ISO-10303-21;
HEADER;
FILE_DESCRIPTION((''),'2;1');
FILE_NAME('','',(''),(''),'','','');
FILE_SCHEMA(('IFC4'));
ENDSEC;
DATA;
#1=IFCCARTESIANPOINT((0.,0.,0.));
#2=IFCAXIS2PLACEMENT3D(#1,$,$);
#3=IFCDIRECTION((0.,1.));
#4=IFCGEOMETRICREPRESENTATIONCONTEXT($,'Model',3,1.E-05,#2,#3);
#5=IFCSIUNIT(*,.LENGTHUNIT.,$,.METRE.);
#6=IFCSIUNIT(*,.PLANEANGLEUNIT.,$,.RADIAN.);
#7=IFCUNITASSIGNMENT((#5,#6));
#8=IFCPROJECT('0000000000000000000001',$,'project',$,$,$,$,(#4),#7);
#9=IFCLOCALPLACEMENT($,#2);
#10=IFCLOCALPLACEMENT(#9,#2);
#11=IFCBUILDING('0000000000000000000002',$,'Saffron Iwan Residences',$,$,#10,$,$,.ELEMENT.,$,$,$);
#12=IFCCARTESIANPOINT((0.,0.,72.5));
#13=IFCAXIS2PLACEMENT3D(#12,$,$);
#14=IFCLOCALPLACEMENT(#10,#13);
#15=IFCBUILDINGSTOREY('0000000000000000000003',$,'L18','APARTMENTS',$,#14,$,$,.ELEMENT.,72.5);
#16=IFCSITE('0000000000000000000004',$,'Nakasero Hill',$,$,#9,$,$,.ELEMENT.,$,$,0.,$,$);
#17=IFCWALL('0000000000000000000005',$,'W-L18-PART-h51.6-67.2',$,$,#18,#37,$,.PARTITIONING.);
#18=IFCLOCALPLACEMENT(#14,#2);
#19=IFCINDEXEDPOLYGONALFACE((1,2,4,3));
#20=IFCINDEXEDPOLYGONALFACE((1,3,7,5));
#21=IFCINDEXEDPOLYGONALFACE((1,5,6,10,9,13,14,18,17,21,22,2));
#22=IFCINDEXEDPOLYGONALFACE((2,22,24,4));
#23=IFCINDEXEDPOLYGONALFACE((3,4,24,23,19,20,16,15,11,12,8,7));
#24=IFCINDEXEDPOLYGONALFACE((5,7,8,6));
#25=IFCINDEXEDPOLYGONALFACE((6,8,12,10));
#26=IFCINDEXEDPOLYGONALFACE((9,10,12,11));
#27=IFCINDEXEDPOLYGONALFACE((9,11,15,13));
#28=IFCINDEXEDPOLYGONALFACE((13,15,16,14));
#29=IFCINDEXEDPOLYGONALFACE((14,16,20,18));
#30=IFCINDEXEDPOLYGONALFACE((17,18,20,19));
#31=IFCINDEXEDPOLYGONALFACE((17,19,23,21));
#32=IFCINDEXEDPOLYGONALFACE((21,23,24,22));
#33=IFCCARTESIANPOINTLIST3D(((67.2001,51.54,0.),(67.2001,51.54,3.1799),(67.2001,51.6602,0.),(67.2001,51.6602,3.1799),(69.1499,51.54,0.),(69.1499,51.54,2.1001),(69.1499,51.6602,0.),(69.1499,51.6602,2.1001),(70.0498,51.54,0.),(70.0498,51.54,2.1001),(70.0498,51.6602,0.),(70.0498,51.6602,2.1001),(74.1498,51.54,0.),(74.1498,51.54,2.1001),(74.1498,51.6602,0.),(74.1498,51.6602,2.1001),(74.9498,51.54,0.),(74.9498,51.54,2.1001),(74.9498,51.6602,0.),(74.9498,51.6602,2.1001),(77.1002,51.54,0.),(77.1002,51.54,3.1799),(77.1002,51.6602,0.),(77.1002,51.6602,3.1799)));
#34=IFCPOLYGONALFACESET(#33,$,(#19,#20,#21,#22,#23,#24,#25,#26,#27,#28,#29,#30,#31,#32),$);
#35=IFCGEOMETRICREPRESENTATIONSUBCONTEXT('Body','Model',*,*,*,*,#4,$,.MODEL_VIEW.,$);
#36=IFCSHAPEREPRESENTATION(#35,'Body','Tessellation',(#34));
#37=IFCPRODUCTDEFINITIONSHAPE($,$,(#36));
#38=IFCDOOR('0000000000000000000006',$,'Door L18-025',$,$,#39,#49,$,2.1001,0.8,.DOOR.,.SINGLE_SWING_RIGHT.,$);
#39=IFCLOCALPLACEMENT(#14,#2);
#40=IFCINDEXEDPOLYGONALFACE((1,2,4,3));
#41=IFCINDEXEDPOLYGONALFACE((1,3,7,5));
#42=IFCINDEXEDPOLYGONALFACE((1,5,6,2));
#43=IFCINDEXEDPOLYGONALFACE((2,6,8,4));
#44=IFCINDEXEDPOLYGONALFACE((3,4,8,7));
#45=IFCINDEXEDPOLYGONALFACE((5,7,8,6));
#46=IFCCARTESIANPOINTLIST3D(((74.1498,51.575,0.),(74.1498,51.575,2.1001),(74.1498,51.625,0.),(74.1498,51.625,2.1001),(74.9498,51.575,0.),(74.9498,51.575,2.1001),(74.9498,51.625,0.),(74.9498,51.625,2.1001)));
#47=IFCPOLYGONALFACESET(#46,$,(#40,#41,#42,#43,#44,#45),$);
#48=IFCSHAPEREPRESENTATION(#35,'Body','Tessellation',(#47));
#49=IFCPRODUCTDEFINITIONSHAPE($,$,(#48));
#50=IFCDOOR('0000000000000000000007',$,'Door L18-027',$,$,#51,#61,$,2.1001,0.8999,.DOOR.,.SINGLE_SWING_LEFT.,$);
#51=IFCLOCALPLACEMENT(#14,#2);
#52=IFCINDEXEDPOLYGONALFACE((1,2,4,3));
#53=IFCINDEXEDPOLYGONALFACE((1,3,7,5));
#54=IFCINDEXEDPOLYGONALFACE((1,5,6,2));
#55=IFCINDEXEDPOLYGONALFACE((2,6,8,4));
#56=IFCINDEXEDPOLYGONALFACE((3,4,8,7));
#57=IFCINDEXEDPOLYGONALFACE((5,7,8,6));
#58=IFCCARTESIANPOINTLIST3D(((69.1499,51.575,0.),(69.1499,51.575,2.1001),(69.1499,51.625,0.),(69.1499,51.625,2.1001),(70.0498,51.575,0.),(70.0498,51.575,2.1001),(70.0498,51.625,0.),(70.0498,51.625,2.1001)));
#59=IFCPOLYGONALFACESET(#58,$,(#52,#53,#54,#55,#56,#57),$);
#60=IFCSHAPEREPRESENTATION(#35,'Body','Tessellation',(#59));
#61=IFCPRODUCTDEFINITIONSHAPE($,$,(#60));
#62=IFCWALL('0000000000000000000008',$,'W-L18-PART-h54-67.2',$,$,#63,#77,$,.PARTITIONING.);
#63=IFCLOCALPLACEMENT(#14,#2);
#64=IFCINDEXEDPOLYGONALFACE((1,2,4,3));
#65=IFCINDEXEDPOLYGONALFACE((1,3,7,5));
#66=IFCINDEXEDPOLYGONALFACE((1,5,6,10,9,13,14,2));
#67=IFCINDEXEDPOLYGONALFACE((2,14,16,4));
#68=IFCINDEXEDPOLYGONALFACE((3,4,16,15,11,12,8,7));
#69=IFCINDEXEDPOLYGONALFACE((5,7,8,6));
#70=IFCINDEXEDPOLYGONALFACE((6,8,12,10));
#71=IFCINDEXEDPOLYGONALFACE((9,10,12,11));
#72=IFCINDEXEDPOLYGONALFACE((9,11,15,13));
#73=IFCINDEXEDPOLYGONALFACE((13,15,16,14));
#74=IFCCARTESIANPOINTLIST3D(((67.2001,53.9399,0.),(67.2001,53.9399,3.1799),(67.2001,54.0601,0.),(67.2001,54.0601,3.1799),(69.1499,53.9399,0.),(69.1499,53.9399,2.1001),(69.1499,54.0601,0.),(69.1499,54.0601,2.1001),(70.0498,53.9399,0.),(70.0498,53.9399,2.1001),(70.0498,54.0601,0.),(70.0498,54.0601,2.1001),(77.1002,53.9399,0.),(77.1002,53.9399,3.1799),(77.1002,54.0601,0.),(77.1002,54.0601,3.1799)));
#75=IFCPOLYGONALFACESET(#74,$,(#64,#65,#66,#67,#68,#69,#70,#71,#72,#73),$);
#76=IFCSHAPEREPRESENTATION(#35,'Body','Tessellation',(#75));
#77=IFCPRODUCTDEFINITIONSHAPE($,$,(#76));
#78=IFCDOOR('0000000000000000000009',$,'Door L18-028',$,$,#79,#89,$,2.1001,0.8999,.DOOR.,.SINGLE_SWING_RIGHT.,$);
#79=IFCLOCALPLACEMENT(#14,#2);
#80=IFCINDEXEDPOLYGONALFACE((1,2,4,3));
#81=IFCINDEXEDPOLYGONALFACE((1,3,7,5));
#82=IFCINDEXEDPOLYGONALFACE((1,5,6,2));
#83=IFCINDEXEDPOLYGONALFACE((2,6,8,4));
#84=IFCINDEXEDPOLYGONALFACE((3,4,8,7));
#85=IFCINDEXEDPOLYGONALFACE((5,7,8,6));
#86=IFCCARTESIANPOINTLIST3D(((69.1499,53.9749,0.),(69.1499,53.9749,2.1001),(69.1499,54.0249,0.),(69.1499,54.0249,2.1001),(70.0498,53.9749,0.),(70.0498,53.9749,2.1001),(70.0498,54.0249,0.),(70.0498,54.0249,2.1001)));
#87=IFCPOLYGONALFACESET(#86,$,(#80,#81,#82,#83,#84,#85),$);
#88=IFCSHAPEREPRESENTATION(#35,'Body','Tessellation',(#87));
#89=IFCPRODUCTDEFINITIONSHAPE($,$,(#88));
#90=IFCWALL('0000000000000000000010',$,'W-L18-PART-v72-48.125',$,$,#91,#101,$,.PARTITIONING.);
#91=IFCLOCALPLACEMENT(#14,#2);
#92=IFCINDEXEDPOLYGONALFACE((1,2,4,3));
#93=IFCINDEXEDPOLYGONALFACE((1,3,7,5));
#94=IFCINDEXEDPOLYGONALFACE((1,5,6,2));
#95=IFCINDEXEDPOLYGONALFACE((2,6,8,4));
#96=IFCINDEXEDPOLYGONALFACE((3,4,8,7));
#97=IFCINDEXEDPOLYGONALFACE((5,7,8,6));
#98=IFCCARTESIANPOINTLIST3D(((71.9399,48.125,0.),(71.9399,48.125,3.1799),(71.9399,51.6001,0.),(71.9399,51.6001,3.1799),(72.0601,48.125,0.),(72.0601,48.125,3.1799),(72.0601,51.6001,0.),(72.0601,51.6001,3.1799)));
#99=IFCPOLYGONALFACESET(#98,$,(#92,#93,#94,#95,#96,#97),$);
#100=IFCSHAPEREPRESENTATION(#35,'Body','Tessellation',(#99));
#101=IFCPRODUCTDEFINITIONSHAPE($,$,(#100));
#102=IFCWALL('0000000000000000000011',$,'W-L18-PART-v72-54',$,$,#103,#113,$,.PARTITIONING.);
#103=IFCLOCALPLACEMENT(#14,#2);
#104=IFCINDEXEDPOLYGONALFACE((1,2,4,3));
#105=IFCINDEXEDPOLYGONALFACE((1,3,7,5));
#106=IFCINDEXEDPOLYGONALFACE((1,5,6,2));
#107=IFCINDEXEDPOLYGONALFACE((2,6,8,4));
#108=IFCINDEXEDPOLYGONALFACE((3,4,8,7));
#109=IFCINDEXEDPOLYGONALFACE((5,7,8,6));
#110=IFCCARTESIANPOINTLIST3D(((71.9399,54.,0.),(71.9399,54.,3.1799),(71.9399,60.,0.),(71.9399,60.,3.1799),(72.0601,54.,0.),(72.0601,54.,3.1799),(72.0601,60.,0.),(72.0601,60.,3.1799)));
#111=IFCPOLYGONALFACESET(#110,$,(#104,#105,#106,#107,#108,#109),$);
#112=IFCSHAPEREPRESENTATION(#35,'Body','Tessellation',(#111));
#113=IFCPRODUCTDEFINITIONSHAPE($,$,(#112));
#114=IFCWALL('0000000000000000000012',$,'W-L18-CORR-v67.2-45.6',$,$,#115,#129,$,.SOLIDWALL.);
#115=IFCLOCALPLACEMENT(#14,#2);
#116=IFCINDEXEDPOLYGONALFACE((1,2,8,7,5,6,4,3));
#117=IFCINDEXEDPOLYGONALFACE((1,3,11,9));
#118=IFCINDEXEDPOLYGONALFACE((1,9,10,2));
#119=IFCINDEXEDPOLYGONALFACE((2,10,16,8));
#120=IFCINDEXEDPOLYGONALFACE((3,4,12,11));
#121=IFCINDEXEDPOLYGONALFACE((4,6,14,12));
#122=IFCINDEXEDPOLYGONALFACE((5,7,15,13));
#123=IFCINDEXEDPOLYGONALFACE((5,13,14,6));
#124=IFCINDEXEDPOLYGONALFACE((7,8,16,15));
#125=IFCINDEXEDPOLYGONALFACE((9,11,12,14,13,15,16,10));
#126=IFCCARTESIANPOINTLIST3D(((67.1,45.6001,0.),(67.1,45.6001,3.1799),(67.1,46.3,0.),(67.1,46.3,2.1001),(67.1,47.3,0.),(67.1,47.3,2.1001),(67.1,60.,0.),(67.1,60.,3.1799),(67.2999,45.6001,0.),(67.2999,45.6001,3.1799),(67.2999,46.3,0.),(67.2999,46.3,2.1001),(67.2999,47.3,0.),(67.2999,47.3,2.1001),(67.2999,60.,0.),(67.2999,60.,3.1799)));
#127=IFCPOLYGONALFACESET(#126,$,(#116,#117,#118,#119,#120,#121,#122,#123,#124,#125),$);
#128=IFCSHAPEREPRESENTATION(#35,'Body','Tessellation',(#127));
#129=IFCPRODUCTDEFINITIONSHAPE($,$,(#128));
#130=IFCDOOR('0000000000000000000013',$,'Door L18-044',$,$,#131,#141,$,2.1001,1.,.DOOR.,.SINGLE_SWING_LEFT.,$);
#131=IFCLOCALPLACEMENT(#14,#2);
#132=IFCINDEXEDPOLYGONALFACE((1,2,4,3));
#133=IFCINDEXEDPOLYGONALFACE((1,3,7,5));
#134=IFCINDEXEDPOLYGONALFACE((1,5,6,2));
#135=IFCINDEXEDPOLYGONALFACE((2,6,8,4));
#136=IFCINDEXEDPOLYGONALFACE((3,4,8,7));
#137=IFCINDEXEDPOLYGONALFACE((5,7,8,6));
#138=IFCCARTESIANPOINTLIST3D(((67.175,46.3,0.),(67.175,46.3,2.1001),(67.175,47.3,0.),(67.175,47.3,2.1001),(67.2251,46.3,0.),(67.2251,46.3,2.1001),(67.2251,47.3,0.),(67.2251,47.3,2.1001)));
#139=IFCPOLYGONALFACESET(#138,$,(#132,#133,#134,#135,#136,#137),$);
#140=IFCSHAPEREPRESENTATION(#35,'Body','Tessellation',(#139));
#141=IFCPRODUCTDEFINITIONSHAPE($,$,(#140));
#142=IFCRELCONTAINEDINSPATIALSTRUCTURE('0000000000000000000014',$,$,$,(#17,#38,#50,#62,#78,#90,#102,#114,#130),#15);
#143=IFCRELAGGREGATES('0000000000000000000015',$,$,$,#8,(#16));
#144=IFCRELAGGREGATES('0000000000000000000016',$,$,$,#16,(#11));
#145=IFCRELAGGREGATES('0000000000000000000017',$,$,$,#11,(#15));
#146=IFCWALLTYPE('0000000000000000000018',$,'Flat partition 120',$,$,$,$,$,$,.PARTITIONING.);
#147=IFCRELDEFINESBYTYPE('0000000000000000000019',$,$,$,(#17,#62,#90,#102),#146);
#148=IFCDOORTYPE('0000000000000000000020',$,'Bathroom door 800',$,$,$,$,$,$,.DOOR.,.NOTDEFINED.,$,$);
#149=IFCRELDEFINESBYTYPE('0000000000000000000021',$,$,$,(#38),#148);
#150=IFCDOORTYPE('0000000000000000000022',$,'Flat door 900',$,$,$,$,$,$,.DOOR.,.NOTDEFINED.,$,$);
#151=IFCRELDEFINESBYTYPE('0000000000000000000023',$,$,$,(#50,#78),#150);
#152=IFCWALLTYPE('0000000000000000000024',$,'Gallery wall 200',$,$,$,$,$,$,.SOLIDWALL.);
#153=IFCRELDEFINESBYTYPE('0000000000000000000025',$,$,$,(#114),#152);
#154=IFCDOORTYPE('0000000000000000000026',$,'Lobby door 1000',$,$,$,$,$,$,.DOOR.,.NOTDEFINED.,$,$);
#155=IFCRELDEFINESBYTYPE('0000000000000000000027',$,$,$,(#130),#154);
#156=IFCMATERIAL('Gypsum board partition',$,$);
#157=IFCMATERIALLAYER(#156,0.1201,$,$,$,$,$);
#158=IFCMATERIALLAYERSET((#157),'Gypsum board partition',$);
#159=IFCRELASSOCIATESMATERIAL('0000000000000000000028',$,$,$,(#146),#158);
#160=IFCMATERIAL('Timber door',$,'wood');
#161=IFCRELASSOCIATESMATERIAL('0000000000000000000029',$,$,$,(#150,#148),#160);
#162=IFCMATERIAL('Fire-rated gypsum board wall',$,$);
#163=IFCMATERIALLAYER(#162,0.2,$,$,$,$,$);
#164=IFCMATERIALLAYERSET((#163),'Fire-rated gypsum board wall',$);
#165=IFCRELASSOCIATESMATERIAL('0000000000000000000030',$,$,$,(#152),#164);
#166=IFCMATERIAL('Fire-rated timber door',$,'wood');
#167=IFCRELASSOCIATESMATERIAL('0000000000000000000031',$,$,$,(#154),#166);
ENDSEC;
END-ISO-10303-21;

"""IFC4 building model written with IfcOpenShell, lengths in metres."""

from ifc_helpers import new_model, si_unit, direction, frame, frame_2d, origin, place, context, subcontext, project, spatial, rectangle, extrude, material, layer, layer_set, type_object, element, fill, save


model = new_model("IFC4")

# Units and contexts
model_context = context("Model", 3, precision=1e-05, world=origin(), true_north=direction((0.0, 1.0)))
body_context = subcontext(model_context, "Body", "Model", "MODEL_VIEW")
ifc_project = project(units=[si_unit("LENGTHUNIT", "METRE"), si_unit("PLANEANGLEUNIT", "RADIAN")], contexts=[model_context])

# Site, building, storey
site_placement = place(None, origin())
site = spatial("IfcSite", under=ifc_project, at=site_placement, Name="Nakasero Hill", CompositionType="ELEMENT", RefElevation=0.0)
building_placement = place(site_placement, origin())
building = spatial("IfcBuilding", under=site, at=building_placement, Name="Saffron Iwan Residences", CompositionType="ELEMENT")
storey_placement = place(building_placement, frame((0.0, 0.0, 72.5)))
storey = spatial("IfcBuildingStorey", under=building, at=storey_placement, Name="L18", Description="APARTMENTS", CompositionType="ELEMENT", Elevation=72.5)

# Shared definitions
ifc_material_1 = material(Name="Fire-rated gypsum board wall")

# Shared definitions
ifc_material_2 = material(Name="Gypsum board partition")
ifc_layer_1 = layer(ifc_material_2, 0.1201)
ifc_layer_set_1 = layer_set([ifc_layer_1], Name="Gypsum board partition")
wall_type_1 = type_object("IfcWallType", Name="Flat partition 120", PredefinedType="PARTITIONING", material=ifc_layer_set_1)
ifc_material_3 = material(Name="Timber door", Category="wood")
door_type_1 = type_object("IfcDoorType", Name="Flat door 900", OperationType="NOTDEFINED", PredefinedType="DOOR", material=ifc_material_3)

# Wall, openings, doors
wall_1_placement = place(storey_placement, frame((67.2, 51.6001, 0.0), z_axis=(0.0, 0.0, 1.0), x_axis=(1.0, 0.0, 0.0)))
wall_1 = element("IfcWall", 1, at=wall_1_placement, inside=storey, type_object=wall_type_1, Name="W-L18-PART-h51.6-67.2", PredefinedType="PARTITIONING", context=body_context, shape_type="SweptSolid", body=[
    extrude(rectangle(XDim=9.9001, YDim=0.1201, at=frame_2d((4.9502, 0.0))), origin(), (0.0, 0.0, 1.0), 3.1799),
])
opening_1_placement = place(wall_1_placement, frame((6.95, 0.0, 0.0)))
opening_1 = element("IfcOpeningElement", 2, at=opening_1_placement, cuts=wall_1, PredefinedType="OPENING", context=body_context, shape_type="SweptSolid", body=[
    extrude(rectangle(XDim=0.8, YDim=2.1001, at=frame_2d((0.3999, 1.05))), frame((0.0, 0.0701, 0.0), z_axis=(0.0, -1.0, 0.0), x_axis=(1.0, 0.0, 0.0)), (0.0, 0.0, 1.0), 0.1401),
])
opening_2_placement = place(wall_1_placement, frame((1.95, 0.0, 0.0)))
opening_2 = element("IfcOpeningElement", 3, at=opening_2_placement, cuts=wall_1, PredefinedType="OPENING", context=body_context, shape_type="SweptSolid", body=[
    extrude(rectangle(XDim=0.8999, YDim=2.1001, at=frame_2d((0.45, 1.05))), frame((0.0, 0.0701, 0.0), z_axis=(0.0, -1.0, 0.0), x_axis=(1.0, 0.0, 0.0)), (0.0, 0.0, 1.0), 0.1401),
])
door_type_2 = type_object("IfcDoorType", Name="Bathroom door 800", OperationType="NOTDEFINED", PredefinedType="DOOR", material=ifc_material_3)
door_1_placement = place(opening_1_placement, origin())
door_1 = element("IfcDoor", 4, at=door_1_placement, inside=storey, type_object=door_type_2, Name="Door L18-025", OperationType="SINGLE_SWING_RIGHT", OverallHeight=2.1001, OverallWidth=0.8, PredefinedType="DOOR", context=body_context, shape_type="SweptSolid", body=[
    extrude(rectangle(XDim=0.8, YDim=2.1001, at=frame_2d((0.3999, 1.05))), frame((0.0, 0.0249, 0.0), z_axis=(0.0, -1.0, 0.0), x_axis=(1.0, 0.0, 0.0)), (0.0, 0.0, 1.0), 0.05),
])
fill(opening_1, door_1)
door_2_placement = place(opening_2_placement, origin())
door_2 = element("IfcDoor", 5, at=door_2_placement, inside=storey, type_object=door_type_1, Name="Door L18-027", OperationType="SINGLE_SWING_LEFT", OverallHeight=2.1001, OverallWidth=0.8999, PredefinedType="DOOR", context=body_context, shape_type="SweptSolid", body=[
    extrude(rectangle(XDim=0.8999, YDim=2.1001, at=frame_2d((0.45, 1.05))), frame((0.0, 0.0249, 0.0), z_axis=(0.0, -1.0, 0.0), x_axis=(1.0, 0.0, 0.0)), (0.0, 0.0, 1.0), 0.05),
])
fill(opening_2, door_2)

# Wall, opening, door
wall_2_placement = place(storey_placement, frame((67.2, 54.0, 0.0), z_axis=(0.0, 0.0, 1.0), x_axis=(1.0, 0.0, 0.0)))
wall_2 = element("IfcWall", 6, at=wall_2_placement, inside=storey, type_object=wall_type_1, Name="W-L18-PART-h54-67.2", PredefinedType="PARTITIONING", context=body_context, shape_type="SweptSolid", body=[
    extrude(rectangle(XDim=9.9001, YDim=0.1201, at=frame_2d((4.9502, 0.0))), origin(), (0.0, 0.0, 1.0), 3.1799),
])
opening_3_placement = place(wall_2_placement, frame((1.95, 0.0, 0.0)))
opening_3 = element("IfcOpeningElement", 7, at=opening_3_placement, cuts=wall_2, PredefinedType="OPENING", context=body_context, shape_type="SweptSolid", body=[
    extrude(rectangle(XDim=0.8999, YDim=2.1001, at=frame_2d((0.45, 1.05))), frame((0.0, 0.0701, 0.0), z_axis=(0.0, -1.0, 0.0), x_axis=(1.0, 0.0, 0.0)), (0.0, 0.0, 1.0), 0.1401),
])
door_3_placement = place(opening_3_placement, origin())
door_3 = element("IfcDoor", 8, at=door_3_placement, inside=storey, type_object=door_type_1, Name="Door L18-028", OperationType="SINGLE_SWING_RIGHT", OverallHeight=2.1001, OverallWidth=0.8999, PredefinedType="DOOR", context=body_context, shape_type="SweptSolid", body=[
    extrude(rectangle(XDim=0.8999, YDim=2.1001, at=frame_2d((0.45, 1.05))), frame((0.0, 0.0249, 0.0), z_axis=(0.0, -1.0, 0.0), x_axis=(1.0, 0.0, 0.0)), (0.0, 0.0, 1.0), 0.05),
])
fill(opening_3, door_3)

# Walls
wall_3_placement = place(storey_placement, frame((72.0, 48.125, 0.0), z_axis=(0.0, 0.0, 1.0), x_axis=(0.0, 1.0, 0.0)))
element("IfcWall", 9, at=wall_3_placement, inside=storey, type_object=wall_type_1, Name="W-L18-PART-v72-48.125", PredefinedType="PARTITIONING", context=body_context, shape_type="SweptSolid", body=[
    extrude(rectangle(XDim=3.4751, YDim=0.1201, at=frame_2d((1.7375, 0.0))), origin(), (0.0, 0.0, 1.0), 3.1799),
])
wall_4_placement = place(storey_placement, frame((72.0, 54.0, 0.0), z_axis=(0.0, 0.0, 1.0), x_axis=(0.0, 1.0, 0.0)))
element("IfcWall", 10, at=wall_4_placement, inside=storey, type_object=wall_type_1, Name="W-L18-PART-v72-54", PredefinedType="PARTITIONING", context=body_context, shape_type="SweptSolid", body=[
    extrude(rectangle(XDim=6.0, YDim=0.1201, at=frame_2d((3.0, 0.0))), origin(), (0.0, 0.0, 1.0), 3.1799),
])

# Wall, opening, door
ifc_layer_2 = layer(ifc_material_1, 0.2)
ifc_layer_set_2 = layer_set([ifc_layer_2], Name="Fire-rated gypsum board wall")
wall_type_2 = type_object("IfcWallType", Name="Gallery wall 200", PredefinedType="SOLIDWALL", material=ifc_layer_set_2)
wall_5_placement = place(storey_placement, frame((67.2, 45.6001, 0.0), z_axis=(0.0, 0.0, 1.0), x_axis=(0.0, 1.0, 0.0)))
wall_5 = element("IfcWall", 11, at=wall_5_placement, inside=storey, type_object=wall_type_2, Name="W-L18-CORR-v67.2-45.6", PredefinedType="SOLIDWALL", context=body_context, shape_type="SweptSolid", body=[
    extrude(rectangle(XDim=14.3999, YDim=0.2, at=frame_2d((7.2, 0.0))), origin(), (0.0, 0.0, 1.0), 3.1799),
])
opening_4_placement = place(wall_5_placement, frame((0.7, 0.0, 0.0)))
opening_4 = element("IfcOpeningElement", 12, at=opening_4_placement, cuts=wall_5, PredefinedType="OPENING", context=body_context, shape_type="SweptSolid", body=[
    extrude(rectangle(XDim=1.0, YDim=2.1001, at=frame_2d((0.5, 1.05))), frame((0.0, 0.1099, 0.0), z_axis=(0.0, -1.0, 0.0), x_axis=(1.0, 0.0, 0.0)), (0.0, 0.0, 1.0), 0.22),
])
ifc_material_4 = material(Name="Fire-rated timber door", Category="wood")
door_type_3 = type_object("IfcDoorType", Name="Lobby door 1000", OperationType="NOTDEFINED", PredefinedType="DOOR", material=ifc_material_4)
door_4_placement = place(opening_4_placement, origin())
door_4 = element("IfcDoor", 13, at=door_4_placement, inside=storey, type_object=door_type_3, Name="Door L18-044", OperationType="SINGLE_SWING_LEFT", OverallHeight=2.1001, OverallWidth=1.0, PredefinedType="DOOR", context=body_context, shape_type="SweptSolid", body=[
    extrude(rectangle(XDim=1.0, YDim=2.1001, at=frame_2d((0.5, 1.05))), frame((0.0, 0.0249, 0.0), z_axis=(0.0, -1.0, 0.0), x_axis=(1.0, 0.0, 0.0)), (0.0, 0.0, 1.0), 0.05),
])
fill(opening_4, door_4)

save(model, "model.ifc")
